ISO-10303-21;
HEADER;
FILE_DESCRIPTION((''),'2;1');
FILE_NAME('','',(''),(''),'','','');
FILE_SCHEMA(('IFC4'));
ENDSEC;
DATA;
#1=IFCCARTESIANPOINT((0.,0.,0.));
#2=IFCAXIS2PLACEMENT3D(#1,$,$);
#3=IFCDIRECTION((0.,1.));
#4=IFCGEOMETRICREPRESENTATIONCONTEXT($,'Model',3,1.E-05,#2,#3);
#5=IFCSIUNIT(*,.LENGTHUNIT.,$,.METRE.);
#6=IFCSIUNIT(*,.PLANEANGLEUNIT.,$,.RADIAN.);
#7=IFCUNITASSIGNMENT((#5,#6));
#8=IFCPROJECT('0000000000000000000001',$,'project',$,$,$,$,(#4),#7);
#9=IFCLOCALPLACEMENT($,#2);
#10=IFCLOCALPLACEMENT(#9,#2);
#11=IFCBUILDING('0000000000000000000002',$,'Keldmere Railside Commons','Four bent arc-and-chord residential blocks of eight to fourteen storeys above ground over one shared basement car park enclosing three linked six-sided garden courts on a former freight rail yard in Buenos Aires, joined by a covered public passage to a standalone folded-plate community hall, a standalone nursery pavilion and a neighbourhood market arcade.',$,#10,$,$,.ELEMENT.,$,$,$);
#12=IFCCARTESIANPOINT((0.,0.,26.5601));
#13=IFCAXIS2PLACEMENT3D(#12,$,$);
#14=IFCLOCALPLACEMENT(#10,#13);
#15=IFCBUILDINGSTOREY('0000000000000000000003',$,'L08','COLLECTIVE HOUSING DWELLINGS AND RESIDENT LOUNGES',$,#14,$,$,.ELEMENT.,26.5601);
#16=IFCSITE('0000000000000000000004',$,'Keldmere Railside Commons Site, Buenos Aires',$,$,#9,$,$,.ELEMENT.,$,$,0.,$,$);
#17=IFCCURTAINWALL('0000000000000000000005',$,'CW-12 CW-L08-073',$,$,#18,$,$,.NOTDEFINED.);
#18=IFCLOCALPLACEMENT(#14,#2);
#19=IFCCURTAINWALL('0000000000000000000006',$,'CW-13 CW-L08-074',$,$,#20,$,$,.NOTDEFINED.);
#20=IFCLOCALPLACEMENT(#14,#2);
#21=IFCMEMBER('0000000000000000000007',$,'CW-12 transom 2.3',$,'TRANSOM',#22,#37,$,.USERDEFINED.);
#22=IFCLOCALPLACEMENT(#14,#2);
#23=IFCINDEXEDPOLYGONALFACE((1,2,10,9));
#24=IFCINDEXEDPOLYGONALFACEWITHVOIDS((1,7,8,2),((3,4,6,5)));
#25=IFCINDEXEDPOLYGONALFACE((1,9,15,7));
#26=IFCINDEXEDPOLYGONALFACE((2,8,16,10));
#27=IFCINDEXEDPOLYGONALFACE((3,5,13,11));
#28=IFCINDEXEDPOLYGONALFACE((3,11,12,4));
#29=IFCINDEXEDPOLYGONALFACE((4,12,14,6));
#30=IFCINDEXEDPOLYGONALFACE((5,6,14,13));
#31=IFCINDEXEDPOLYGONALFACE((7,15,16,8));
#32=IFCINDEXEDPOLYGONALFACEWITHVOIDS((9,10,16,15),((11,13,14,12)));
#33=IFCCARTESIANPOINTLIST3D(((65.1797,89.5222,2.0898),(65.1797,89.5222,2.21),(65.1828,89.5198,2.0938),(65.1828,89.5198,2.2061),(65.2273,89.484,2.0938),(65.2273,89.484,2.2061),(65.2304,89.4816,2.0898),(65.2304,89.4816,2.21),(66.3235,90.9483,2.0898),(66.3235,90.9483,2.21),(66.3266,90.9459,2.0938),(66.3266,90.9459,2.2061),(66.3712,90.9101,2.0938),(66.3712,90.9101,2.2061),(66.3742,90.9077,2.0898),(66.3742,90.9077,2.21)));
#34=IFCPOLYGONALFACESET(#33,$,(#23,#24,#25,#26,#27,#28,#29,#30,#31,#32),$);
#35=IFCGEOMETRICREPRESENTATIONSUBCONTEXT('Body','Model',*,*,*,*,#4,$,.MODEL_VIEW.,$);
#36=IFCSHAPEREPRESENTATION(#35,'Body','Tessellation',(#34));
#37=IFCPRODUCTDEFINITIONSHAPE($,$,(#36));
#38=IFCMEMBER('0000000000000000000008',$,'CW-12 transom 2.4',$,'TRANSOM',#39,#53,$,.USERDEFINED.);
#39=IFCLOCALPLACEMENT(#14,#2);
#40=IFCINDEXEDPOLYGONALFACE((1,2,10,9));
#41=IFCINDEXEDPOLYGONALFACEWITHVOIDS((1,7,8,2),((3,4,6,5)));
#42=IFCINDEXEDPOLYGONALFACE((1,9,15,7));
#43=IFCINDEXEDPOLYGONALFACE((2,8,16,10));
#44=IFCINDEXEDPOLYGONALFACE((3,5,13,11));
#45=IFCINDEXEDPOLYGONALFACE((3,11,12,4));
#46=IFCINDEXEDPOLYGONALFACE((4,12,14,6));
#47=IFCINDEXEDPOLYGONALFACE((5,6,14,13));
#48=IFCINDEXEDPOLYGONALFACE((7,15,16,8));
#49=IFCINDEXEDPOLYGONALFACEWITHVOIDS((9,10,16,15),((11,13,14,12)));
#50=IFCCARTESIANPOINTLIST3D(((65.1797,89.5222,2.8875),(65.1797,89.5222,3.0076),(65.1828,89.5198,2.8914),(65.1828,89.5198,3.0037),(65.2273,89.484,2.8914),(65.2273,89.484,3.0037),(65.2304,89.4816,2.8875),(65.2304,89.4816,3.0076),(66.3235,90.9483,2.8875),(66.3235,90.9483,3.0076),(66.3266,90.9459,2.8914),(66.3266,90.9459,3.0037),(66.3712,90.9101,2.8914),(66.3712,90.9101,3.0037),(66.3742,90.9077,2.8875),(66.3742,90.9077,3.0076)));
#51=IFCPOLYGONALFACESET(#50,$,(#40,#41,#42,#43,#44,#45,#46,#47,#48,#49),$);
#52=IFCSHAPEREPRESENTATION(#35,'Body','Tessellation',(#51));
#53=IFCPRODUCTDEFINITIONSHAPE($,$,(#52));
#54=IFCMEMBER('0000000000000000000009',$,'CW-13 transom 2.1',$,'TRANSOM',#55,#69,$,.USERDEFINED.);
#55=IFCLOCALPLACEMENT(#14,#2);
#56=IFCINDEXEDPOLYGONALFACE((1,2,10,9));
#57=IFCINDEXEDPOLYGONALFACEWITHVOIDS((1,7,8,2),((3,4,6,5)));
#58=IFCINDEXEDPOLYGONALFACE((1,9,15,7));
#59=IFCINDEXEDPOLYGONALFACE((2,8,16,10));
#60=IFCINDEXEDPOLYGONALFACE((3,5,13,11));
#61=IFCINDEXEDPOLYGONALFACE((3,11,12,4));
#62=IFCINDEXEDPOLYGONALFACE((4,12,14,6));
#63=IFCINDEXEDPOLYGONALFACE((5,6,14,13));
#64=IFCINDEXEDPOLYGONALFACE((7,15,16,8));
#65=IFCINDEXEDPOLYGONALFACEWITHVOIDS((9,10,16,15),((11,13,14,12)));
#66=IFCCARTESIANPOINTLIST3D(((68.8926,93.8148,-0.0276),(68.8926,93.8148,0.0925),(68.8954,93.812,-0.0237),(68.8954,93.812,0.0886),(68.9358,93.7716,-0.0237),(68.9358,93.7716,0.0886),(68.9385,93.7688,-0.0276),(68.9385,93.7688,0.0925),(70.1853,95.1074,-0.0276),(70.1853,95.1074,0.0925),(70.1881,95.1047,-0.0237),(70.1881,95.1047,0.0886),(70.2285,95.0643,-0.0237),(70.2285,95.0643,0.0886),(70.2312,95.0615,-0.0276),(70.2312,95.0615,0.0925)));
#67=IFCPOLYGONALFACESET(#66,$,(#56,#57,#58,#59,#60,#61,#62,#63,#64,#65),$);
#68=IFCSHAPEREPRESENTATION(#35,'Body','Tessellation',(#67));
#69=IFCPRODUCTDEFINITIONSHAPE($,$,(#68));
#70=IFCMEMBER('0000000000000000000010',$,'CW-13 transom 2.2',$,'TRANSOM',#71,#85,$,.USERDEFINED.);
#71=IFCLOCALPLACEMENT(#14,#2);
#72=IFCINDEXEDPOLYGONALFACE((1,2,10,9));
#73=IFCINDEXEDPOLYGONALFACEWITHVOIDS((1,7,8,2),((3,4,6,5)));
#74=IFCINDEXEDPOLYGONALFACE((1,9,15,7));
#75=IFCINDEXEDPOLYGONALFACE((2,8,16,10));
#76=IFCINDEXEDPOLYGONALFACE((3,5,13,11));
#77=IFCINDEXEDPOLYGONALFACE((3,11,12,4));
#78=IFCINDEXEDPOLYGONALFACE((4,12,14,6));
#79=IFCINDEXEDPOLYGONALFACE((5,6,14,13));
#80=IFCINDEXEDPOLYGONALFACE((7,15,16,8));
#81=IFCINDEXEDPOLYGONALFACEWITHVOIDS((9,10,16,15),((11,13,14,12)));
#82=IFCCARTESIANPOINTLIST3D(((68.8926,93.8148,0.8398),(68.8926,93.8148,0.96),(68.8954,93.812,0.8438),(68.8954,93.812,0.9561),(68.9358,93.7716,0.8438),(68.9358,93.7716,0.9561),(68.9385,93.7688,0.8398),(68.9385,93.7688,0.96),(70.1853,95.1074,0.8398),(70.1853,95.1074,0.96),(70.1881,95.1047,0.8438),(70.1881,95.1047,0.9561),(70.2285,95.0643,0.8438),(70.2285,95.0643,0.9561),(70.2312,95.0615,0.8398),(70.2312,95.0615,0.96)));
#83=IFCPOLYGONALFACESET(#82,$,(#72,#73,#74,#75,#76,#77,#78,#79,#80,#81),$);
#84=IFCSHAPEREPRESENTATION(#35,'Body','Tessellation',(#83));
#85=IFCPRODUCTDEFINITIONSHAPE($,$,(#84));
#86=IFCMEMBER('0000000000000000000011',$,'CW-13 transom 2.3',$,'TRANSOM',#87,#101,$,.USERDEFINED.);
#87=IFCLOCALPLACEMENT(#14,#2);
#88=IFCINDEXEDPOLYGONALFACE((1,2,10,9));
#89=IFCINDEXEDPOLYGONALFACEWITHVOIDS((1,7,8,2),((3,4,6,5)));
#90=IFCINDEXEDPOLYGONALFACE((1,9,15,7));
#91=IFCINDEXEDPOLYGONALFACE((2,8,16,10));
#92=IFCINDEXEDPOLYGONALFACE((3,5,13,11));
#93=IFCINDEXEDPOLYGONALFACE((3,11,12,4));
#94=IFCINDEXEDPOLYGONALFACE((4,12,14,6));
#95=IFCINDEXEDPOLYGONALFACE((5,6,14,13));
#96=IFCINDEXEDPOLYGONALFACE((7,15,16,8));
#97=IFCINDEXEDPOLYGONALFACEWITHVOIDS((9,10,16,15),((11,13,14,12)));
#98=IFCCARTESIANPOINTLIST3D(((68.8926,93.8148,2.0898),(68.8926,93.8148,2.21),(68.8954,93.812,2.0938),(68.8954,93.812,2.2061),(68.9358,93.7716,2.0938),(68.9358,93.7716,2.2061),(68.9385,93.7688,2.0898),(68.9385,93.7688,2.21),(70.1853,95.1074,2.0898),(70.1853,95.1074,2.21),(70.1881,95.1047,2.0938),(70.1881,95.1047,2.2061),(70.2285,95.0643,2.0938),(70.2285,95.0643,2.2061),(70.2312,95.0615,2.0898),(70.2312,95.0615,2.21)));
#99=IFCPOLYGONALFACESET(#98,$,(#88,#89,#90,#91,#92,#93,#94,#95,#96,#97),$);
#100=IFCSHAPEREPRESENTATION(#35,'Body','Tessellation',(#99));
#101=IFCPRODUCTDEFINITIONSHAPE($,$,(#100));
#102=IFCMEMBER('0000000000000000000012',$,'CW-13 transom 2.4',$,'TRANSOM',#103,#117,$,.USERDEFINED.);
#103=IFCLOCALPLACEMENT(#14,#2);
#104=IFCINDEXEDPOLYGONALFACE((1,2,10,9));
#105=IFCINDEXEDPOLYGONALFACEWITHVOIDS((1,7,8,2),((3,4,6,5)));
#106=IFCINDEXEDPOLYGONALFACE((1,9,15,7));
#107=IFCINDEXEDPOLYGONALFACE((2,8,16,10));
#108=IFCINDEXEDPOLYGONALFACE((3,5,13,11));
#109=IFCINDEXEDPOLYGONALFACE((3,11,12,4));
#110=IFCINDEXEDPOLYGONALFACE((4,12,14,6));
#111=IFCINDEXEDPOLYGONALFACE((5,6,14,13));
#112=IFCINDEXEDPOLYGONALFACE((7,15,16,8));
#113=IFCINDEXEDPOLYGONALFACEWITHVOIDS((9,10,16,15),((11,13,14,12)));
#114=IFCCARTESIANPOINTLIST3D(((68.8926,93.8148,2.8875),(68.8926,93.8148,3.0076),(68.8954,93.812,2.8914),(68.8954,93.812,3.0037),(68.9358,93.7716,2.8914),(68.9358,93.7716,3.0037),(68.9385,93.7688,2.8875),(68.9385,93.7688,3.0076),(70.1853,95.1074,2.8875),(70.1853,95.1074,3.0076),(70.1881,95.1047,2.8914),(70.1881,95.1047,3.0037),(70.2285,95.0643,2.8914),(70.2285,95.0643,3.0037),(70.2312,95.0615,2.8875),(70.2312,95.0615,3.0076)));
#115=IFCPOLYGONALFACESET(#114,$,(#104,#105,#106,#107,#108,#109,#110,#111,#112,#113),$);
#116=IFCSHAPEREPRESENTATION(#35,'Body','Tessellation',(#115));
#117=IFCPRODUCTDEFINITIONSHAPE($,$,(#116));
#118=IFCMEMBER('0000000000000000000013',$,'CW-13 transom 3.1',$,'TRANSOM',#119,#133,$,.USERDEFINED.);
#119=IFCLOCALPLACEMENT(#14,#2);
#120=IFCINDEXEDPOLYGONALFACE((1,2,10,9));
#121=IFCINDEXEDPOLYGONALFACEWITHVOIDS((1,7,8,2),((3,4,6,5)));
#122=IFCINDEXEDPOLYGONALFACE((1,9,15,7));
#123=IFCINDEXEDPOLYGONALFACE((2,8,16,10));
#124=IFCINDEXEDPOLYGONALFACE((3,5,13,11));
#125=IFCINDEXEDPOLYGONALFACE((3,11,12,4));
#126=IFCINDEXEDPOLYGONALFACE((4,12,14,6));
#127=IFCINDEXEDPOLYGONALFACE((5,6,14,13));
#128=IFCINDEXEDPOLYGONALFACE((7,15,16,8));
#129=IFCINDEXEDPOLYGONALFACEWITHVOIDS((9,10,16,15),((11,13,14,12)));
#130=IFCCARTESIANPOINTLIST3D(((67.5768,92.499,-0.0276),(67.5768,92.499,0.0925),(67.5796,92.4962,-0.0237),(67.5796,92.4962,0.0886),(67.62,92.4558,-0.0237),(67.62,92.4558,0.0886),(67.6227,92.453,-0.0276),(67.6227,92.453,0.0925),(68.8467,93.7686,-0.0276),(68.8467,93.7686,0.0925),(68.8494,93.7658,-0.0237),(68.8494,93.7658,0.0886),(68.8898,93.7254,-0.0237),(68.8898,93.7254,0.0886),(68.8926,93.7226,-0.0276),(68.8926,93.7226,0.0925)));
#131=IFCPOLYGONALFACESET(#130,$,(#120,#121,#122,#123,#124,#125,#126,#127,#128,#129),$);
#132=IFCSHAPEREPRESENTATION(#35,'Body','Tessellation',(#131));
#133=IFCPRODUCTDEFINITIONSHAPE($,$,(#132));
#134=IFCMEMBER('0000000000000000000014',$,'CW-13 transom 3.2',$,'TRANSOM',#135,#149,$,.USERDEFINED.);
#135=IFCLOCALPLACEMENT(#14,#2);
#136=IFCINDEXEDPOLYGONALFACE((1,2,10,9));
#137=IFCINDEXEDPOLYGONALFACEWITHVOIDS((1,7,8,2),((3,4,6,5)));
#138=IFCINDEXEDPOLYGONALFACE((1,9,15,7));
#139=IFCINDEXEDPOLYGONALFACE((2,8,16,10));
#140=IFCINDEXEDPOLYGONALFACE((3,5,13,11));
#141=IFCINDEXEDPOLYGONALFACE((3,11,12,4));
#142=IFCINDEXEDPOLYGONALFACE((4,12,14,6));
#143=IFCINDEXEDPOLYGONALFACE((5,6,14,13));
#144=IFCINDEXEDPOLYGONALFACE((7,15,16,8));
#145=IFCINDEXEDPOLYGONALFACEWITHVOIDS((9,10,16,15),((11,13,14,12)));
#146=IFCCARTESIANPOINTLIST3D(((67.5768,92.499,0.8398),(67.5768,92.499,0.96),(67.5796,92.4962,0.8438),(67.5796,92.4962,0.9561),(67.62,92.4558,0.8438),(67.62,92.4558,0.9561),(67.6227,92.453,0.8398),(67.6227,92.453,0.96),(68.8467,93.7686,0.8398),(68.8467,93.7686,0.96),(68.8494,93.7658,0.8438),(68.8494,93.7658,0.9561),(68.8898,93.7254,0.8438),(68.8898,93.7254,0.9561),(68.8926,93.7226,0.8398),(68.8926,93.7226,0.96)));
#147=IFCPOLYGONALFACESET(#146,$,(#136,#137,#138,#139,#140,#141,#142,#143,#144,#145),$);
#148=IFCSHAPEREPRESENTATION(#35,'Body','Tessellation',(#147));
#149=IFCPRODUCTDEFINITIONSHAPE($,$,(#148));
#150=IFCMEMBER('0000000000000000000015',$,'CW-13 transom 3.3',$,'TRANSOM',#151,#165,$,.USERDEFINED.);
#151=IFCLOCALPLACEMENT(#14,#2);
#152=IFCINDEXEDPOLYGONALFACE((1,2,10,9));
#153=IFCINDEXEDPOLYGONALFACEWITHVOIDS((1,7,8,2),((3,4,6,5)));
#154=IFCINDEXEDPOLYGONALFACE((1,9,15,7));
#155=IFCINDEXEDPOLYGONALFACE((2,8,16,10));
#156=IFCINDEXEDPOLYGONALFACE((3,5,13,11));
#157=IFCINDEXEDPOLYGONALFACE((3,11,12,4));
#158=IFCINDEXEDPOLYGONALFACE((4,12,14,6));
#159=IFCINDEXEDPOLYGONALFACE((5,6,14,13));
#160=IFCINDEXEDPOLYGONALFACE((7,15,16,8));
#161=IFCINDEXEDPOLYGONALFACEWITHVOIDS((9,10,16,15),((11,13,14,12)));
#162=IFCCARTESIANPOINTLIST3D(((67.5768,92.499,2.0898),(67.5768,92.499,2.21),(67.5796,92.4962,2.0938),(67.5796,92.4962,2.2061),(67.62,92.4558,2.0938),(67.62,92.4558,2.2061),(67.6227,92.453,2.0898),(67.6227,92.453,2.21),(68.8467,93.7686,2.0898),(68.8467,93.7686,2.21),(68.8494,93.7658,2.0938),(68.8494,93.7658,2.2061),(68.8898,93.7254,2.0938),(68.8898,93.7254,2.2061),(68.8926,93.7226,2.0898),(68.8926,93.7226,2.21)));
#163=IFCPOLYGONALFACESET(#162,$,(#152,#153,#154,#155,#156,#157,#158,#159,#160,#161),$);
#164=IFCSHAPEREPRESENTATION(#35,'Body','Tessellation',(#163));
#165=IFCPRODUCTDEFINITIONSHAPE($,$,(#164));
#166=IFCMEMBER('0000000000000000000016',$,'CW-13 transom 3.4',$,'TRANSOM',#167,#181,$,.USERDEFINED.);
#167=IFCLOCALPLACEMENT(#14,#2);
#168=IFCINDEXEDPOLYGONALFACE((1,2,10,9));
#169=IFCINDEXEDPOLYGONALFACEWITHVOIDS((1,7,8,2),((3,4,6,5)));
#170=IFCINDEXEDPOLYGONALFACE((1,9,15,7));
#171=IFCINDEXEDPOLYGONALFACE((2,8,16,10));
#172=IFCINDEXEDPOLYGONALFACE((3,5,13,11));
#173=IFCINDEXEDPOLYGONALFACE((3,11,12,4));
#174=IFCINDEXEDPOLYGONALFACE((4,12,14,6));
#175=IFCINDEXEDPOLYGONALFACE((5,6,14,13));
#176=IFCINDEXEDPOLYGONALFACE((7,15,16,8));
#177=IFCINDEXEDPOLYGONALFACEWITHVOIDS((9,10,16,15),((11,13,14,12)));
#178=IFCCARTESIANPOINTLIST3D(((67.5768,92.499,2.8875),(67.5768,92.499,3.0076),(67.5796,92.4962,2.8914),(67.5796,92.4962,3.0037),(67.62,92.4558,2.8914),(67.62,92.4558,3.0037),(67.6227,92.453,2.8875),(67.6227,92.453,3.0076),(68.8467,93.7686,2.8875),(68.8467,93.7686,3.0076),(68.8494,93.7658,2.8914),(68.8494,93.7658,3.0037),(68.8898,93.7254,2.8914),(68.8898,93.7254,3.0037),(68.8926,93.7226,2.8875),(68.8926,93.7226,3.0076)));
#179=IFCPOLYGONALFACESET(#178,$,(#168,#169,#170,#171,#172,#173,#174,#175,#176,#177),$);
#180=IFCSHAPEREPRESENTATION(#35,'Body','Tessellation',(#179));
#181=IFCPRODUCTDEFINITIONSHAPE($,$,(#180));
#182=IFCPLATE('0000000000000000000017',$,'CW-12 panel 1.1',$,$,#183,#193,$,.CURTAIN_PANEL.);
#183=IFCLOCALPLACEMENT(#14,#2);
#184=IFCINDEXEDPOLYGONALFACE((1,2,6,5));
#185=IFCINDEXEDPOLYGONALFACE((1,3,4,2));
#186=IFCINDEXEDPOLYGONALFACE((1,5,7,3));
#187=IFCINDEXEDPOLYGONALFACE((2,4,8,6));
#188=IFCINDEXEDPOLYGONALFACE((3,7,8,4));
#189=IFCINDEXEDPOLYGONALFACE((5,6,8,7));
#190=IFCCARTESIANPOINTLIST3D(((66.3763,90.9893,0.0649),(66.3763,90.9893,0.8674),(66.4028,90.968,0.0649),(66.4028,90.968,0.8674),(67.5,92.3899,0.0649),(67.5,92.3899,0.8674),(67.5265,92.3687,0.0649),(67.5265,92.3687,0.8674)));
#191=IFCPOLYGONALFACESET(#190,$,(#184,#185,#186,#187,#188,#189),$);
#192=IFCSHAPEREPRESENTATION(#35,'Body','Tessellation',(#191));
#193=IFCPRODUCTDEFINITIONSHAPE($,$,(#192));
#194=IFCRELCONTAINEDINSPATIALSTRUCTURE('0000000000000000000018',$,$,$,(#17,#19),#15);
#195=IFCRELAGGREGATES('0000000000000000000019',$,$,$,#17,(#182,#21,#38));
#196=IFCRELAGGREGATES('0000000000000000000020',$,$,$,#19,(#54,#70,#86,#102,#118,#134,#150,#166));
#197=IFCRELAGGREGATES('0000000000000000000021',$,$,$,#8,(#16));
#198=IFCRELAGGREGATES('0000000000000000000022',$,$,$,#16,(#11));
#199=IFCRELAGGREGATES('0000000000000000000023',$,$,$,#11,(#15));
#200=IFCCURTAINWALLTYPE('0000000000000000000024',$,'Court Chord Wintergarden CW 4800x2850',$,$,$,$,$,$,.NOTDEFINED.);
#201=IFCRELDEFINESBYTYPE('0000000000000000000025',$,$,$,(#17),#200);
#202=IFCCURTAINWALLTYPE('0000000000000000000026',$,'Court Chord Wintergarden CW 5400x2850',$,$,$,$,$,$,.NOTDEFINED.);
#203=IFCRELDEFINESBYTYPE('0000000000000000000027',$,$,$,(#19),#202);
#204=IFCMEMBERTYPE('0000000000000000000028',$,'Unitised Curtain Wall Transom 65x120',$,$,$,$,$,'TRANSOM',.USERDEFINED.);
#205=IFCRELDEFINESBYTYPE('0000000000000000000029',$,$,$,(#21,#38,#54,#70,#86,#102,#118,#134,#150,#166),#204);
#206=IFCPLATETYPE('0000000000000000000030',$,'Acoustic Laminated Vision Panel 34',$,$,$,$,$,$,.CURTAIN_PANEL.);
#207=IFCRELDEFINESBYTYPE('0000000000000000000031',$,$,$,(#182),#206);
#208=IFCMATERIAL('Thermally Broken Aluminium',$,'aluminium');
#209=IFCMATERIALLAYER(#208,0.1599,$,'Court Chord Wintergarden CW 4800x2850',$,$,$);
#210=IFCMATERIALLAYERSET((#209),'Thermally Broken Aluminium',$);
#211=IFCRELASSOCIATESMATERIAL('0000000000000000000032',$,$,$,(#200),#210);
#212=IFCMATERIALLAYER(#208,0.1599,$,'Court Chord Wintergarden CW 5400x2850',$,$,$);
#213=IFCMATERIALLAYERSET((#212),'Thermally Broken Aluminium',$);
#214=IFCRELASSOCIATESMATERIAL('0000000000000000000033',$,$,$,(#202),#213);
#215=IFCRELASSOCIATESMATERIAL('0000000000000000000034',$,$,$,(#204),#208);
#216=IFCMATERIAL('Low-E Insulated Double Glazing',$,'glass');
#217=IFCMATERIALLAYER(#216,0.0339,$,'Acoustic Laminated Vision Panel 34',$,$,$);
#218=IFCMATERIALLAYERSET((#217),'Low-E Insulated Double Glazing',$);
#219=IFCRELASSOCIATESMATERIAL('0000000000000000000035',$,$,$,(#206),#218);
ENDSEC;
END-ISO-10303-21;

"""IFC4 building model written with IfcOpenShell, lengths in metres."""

from ifc_helpers import new_model, si_unit, direction, frame, origin, origin_2d, place, context, subcontext, project, spatial, rectangle, hollow_rectangle, extrude, material, layer, layer_set, material_profile, profile_set, type_object, element, aggregate, save


model = new_model("IFC4")

# Units and contexts
model_context = context("Model", 3, precision=1e-05, world=origin(), true_north=direction((0.0, 1.0)))
body_context = subcontext(model_context, "Body", "Model", "MODEL_VIEW")
ifc_project = project(units=[si_unit("LENGTHUNIT", "METRE"), si_unit("PLANEANGLEUNIT", "RADIAN")], contexts=[model_context])

# Site, building, storey
site_placement = place(None, origin())
site = spatial("IfcSite", under=ifc_project, at=site_placement, Name="Keldmere Railside Commons Site, Buenos Aires", CompositionType="ELEMENT", RefElevation=0.0)
building_placement = place(site_placement, origin())
building = spatial("IfcBuilding", under=site, at=building_placement, Name="Keldmere Railside Commons", Description="Four bent arc-and-chord residential blocks of eight to fourteen storeys above ground over one shared basement car park enclosing three linked six-sided garden courts on a former freight rail yard in Buenos Aires, joined by a covered public passage to a standalone folded-plate community hall, a standalone nursery pavilion and a neighbourhood market arcade.", CompositionType="ELEMENT")
storey_placement = place(building_placement, frame((0.0, 0.0, 26.5601)))
storey = spatial("IfcBuildingStorey", under=building, at=storey_placement, Name="L08", Description="COLLECTIVE HOUSING DWELLINGS AND RESIDENT LOUNGES", CompositionType="ELEMENT", Elevation=26.5601)

# Curtain walls
ifc_material_1 = material(Name="Thermally Broken Aluminium", Category="aluminium")
ifc_layer_1 = layer(ifc_material_1, 0.1599, Name="Court Chord Wintergarden CW 4800x2850")
ifc_layer_set_1 = layer_set([ifc_layer_1], Name="Thermally Broken Aluminium")
curtain_wall_type_1 = type_object("IfcCurtainWallType", Name="Court Chord Wintergarden CW 4800x2850", PredefinedType="NOTDEFINED", material=ifc_layer_set_1)
curtain_wall_1_placement = place(storey_placement, origin())
curtain_wall_1 = element("IfcCurtainWall", 1, at=curtain_wall_1_placement, inside=storey, type_object=curtain_wall_type_1, Name="CW-12 CW-L08-073", PredefinedType="NOTDEFINED")
ifc_layer_2 = layer(ifc_material_1, 0.1599, Name="Court Chord Wintergarden CW 5400x2850")
ifc_layer_set_2 = layer_set([ifc_layer_2], Name="Thermally Broken Aluminium")
curtain_wall_type_2 = type_object("IfcCurtainWallType", Name="Court Chord Wintergarden CW 5400x2850", PredefinedType="NOTDEFINED", material=ifc_layer_set_2)
curtain_wall_2_placement = place(storey_placement, origin())
curtain_wall_2 = element("IfcCurtainWall", 2, at=curtain_wall_2_placement, inside=storey, type_object=curtain_wall_type_2, Name="CW-13 CW-L08-074", PredefinedType="NOTDEFINED")

# Members
ifc_material_profile_1 = material_profile(ifc_material_1, hollow_rectangle(XDim=0.0649, YDim=0.1201, WallThickness=0.0039, at=origin_2d()), Name="ALU-TRAN-65x120")
ifc_profile_set_1 = profile_set([ifc_material_profile_1], Name="Thermally Broken Aluminium")
member_type_1 = type_object("IfcMemberType", Name="Unitised Curtain Wall Transom 65x120", ElementType="TRANSOM", PredefinedType="USERDEFINED", material=ifc_profile_set_1)
member_1_placement = place(storey_placement, frame((66.3489, 90.928, 2.1499), z_axis=(-0.625688, -0.780073, 0.0), x_axis=(0.780073, -0.625688, 0.0)))
member_1 = element("IfcMember", 3, at=member_1_placement, type_object=member_type_1, Name="CW-12 transom 2.3", ObjectType="TRANSOM", PredefinedType="USERDEFINED", context=body_context, shape_type="SweptSolid", body=[
    extrude(hollow_rectangle(XDim=0.0649, YDim=0.1201, WallThickness=0.0039, at=origin_2d()), origin(), (0.0, 0.0, 1.0), 1.8281),
])
member_2_placement = place(storey_placement, frame((66.3489, 90.928, 2.9475), z_axis=(-0.625688, -0.780073, 0.0), x_axis=(0.780073, -0.625688, 0.0)))
member_2 = element("IfcMember", 4, at=member_2_placement, type_object=member_type_1, Name="CW-12 transom 2.4", ObjectType="TRANSOM", PredefinedType="USERDEFINED", context=body_context, shape_type="SweptSolid", body=[
    extrude(hollow_rectangle(XDim=0.0649, YDim=0.1201, WallThickness=0.0039, at=origin_2d()), origin(), (0.0, 0.0, 1.0), 1.8281),
])
member_3_placement = place(storey_placement, frame((70.2083, 95.0845, 0.0325), z_axis=(-0.707107, -0.707107, 0.0), x_axis=(0.707107, -0.707107, 0.0)))
member_3 = element("IfcMember", 5, at=member_3_placement, type_object=member_type_1, Name="CW-13 transom 2.1", ObjectType="TRANSOM", PredefinedType="USERDEFINED", context=body_context, shape_type="SweptSolid", body=[
    extrude(hollow_rectangle(XDim=0.0649, YDim=0.1201, WallThickness=0.0039, at=origin_2d()), origin(), (0.0, 0.0, 1.0), 1.8281),
])
member_4_placement = place(storey_placement, frame((70.2083, 95.0845, 0.8999), z_axis=(-0.707107, -0.707107, 0.0), x_axis=(0.707107, -0.707107, 0.0)))
member_4 = element("IfcMember", 6, at=member_4_placement, type_object=member_type_1, Name="CW-13 transom 2.2", ObjectType="TRANSOM", PredefinedType="USERDEFINED", context=body_context, shape_type="SweptSolid", body=[
    extrude(hollow_rectangle(XDim=0.0649, YDim=0.1201, WallThickness=0.0039, at=origin_2d()), origin(), (0.0, 0.0, 1.0), 1.8281),
])
member_5_placement = place(storey_placement, frame((70.2083, 95.0845, 2.1499), z_axis=(-0.707107, -0.707107, 0.0), x_axis=(0.707107, -0.707107, 0.0)))
member_5 = element("IfcMember", 7, at=member_5_placement, type_object=member_type_1, Name="CW-13 transom 2.3", ObjectType="TRANSOM", PredefinedType="USERDEFINED", context=body_context, shape_type="SweptSolid", body=[
    extrude(hollow_rectangle(XDim=0.0649, YDim=0.1201, WallThickness=0.0039, at=origin_2d()), origin(), (0.0, 0.0, 1.0), 1.8281),
])
member_6_placement = place(storey_placement, frame((70.2083, 95.0845, 2.9475), z_axis=(-0.707107, -0.707107, 0.0), x_axis=(0.707107, -0.707107, 0.0)))
member_6 = element("IfcMember", 8, at=member_6_placement, type_object=member_type_1, Name="CW-13 transom 2.4", ObjectType="TRANSOM", PredefinedType="USERDEFINED", context=body_context, shape_type="SweptSolid", body=[
    extrude(hollow_rectangle(XDim=0.0649, YDim=0.1201, WallThickness=0.0039, at=origin_2d()), origin(), (0.0, 0.0, 1.0), 1.8281),
])
member_7_placement = place(storey_placement, frame((68.8696, 93.7456, 0.0325), z_axis=(-0.707175, -0.707039, 0.0), x_axis=(0.707039, -0.707175, 0.0)))
member_7 = element("IfcMember", 9, at=member_7_placement, type_object=member_type_1, Name="CW-13 transom 3.1", ObjectType="TRANSOM", PredefinedType="USERDEFINED", context=body_context, shape_type="SweptSolid", body=[
    extrude(hollow_rectangle(XDim=0.0649, YDim=0.1201, WallThickness=0.0039, at=origin_2d()), origin(), (0.0, 0.0, 1.0), 1.7957),
])
member_8_placement = place(storey_placement, frame((68.8696, 93.7456, 0.8999), z_axis=(-0.707175, -0.707039, 0.0), x_axis=(0.707039, -0.707175, 0.0)))
member_8 = element("IfcMember", 10, at=member_8_placement, type_object=member_type_1, Name="CW-13 transom 3.2", ObjectType="TRANSOM", PredefinedType="USERDEFINED", context=body_context, shape_type="SweptSolid", body=[
    extrude(hollow_rectangle(XDim=0.0649, YDim=0.1201, WallThickness=0.0039, at=origin_2d()), origin(), (0.0, 0.0, 1.0), 1.7957),
])
member_9_placement = place(storey_placement, frame((68.8696, 93.7456, 2.1499), z_axis=(-0.707175, -0.707039, 0.0), x_axis=(0.707039, -0.707175, 0.0)))
member_9 = element("IfcMember", 11, at=member_9_placement, type_object=member_type_1, Name="CW-13 transom 3.3", ObjectType="TRANSOM", PredefinedType="USERDEFINED", context=body_context, shape_type="SweptSolid", body=[
    extrude(hollow_rectangle(XDim=0.0649, YDim=0.1201, WallThickness=0.0039, at=origin_2d()), origin(), (0.0, 0.0, 1.0), 1.7957),
])
member_10_placement = place(storey_placement, frame((68.8696, 93.7456, 2.9475), z_axis=(-0.707175, -0.707039, 0.0), x_axis=(0.707039, -0.707175, 0.0)))
member_10 = element("IfcMember", 12, at=member_10_placement, type_object=member_type_1, Name="CW-13 transom 3.4", ObjectType="TRANSOM", PredefinedType="USERDEFINED", context=body_context, shape_type="SweptSolid", body=[
    extrude(hollow_rectangle(XDim=0.0649, YDim=0.1201, WallThickness=0.0039, at=origin_2d()), origin(), (0.0, 0.0, 1.0), 1.7957),
])

# Plate
ifc_material_2 = material(Name="Low-E Insulated Double Glazing", Category="glass")
ifc_layer_3 = layer(ifc_material_2, 0.0339, Name="Acoustic Laminated Vision Panel 34")
ifc_layer_set_3 = layer_set([ifc_layer_3], Name="Low-E Insulated Double Glazing")
plate_type_1 = type_object("IfcPlateType", Name="Acoustic Laminated Vision Panel 34", PredefinedType="CURTAIN_PANEL", material=ifc_layer_set_3)
plate_1_placement = place(storey_placement, frame((66.9514, 91.679, 0.0649), z_axis=(0.0, 0.0, 1.0), x_axis=(-0.625768, -0.780009, 0.0)))
plate_1 = element("IfcPlate", 13, at=plate_1_placement, type_object=plate_type_1, Name="CW-12 panel 1.1", PredefinedType="CURTAIN_PANEL", context=body_context, shape_type="SweptSolid", body=[
    extrude(rectangle(XDim=1.7957, YDim=0.0339, at=origin_2d()), origin(), (0.0, 0.0, 1.0), 0.8025),
])
aggregate(curtain_wall_1, [plate_1, member_1, member_2])
aggregate(curtain_wall_2, [member_3, member_4, member_5, member_6, member_7, member_8, member_9, member_10])

save(model, "model.ifc")
